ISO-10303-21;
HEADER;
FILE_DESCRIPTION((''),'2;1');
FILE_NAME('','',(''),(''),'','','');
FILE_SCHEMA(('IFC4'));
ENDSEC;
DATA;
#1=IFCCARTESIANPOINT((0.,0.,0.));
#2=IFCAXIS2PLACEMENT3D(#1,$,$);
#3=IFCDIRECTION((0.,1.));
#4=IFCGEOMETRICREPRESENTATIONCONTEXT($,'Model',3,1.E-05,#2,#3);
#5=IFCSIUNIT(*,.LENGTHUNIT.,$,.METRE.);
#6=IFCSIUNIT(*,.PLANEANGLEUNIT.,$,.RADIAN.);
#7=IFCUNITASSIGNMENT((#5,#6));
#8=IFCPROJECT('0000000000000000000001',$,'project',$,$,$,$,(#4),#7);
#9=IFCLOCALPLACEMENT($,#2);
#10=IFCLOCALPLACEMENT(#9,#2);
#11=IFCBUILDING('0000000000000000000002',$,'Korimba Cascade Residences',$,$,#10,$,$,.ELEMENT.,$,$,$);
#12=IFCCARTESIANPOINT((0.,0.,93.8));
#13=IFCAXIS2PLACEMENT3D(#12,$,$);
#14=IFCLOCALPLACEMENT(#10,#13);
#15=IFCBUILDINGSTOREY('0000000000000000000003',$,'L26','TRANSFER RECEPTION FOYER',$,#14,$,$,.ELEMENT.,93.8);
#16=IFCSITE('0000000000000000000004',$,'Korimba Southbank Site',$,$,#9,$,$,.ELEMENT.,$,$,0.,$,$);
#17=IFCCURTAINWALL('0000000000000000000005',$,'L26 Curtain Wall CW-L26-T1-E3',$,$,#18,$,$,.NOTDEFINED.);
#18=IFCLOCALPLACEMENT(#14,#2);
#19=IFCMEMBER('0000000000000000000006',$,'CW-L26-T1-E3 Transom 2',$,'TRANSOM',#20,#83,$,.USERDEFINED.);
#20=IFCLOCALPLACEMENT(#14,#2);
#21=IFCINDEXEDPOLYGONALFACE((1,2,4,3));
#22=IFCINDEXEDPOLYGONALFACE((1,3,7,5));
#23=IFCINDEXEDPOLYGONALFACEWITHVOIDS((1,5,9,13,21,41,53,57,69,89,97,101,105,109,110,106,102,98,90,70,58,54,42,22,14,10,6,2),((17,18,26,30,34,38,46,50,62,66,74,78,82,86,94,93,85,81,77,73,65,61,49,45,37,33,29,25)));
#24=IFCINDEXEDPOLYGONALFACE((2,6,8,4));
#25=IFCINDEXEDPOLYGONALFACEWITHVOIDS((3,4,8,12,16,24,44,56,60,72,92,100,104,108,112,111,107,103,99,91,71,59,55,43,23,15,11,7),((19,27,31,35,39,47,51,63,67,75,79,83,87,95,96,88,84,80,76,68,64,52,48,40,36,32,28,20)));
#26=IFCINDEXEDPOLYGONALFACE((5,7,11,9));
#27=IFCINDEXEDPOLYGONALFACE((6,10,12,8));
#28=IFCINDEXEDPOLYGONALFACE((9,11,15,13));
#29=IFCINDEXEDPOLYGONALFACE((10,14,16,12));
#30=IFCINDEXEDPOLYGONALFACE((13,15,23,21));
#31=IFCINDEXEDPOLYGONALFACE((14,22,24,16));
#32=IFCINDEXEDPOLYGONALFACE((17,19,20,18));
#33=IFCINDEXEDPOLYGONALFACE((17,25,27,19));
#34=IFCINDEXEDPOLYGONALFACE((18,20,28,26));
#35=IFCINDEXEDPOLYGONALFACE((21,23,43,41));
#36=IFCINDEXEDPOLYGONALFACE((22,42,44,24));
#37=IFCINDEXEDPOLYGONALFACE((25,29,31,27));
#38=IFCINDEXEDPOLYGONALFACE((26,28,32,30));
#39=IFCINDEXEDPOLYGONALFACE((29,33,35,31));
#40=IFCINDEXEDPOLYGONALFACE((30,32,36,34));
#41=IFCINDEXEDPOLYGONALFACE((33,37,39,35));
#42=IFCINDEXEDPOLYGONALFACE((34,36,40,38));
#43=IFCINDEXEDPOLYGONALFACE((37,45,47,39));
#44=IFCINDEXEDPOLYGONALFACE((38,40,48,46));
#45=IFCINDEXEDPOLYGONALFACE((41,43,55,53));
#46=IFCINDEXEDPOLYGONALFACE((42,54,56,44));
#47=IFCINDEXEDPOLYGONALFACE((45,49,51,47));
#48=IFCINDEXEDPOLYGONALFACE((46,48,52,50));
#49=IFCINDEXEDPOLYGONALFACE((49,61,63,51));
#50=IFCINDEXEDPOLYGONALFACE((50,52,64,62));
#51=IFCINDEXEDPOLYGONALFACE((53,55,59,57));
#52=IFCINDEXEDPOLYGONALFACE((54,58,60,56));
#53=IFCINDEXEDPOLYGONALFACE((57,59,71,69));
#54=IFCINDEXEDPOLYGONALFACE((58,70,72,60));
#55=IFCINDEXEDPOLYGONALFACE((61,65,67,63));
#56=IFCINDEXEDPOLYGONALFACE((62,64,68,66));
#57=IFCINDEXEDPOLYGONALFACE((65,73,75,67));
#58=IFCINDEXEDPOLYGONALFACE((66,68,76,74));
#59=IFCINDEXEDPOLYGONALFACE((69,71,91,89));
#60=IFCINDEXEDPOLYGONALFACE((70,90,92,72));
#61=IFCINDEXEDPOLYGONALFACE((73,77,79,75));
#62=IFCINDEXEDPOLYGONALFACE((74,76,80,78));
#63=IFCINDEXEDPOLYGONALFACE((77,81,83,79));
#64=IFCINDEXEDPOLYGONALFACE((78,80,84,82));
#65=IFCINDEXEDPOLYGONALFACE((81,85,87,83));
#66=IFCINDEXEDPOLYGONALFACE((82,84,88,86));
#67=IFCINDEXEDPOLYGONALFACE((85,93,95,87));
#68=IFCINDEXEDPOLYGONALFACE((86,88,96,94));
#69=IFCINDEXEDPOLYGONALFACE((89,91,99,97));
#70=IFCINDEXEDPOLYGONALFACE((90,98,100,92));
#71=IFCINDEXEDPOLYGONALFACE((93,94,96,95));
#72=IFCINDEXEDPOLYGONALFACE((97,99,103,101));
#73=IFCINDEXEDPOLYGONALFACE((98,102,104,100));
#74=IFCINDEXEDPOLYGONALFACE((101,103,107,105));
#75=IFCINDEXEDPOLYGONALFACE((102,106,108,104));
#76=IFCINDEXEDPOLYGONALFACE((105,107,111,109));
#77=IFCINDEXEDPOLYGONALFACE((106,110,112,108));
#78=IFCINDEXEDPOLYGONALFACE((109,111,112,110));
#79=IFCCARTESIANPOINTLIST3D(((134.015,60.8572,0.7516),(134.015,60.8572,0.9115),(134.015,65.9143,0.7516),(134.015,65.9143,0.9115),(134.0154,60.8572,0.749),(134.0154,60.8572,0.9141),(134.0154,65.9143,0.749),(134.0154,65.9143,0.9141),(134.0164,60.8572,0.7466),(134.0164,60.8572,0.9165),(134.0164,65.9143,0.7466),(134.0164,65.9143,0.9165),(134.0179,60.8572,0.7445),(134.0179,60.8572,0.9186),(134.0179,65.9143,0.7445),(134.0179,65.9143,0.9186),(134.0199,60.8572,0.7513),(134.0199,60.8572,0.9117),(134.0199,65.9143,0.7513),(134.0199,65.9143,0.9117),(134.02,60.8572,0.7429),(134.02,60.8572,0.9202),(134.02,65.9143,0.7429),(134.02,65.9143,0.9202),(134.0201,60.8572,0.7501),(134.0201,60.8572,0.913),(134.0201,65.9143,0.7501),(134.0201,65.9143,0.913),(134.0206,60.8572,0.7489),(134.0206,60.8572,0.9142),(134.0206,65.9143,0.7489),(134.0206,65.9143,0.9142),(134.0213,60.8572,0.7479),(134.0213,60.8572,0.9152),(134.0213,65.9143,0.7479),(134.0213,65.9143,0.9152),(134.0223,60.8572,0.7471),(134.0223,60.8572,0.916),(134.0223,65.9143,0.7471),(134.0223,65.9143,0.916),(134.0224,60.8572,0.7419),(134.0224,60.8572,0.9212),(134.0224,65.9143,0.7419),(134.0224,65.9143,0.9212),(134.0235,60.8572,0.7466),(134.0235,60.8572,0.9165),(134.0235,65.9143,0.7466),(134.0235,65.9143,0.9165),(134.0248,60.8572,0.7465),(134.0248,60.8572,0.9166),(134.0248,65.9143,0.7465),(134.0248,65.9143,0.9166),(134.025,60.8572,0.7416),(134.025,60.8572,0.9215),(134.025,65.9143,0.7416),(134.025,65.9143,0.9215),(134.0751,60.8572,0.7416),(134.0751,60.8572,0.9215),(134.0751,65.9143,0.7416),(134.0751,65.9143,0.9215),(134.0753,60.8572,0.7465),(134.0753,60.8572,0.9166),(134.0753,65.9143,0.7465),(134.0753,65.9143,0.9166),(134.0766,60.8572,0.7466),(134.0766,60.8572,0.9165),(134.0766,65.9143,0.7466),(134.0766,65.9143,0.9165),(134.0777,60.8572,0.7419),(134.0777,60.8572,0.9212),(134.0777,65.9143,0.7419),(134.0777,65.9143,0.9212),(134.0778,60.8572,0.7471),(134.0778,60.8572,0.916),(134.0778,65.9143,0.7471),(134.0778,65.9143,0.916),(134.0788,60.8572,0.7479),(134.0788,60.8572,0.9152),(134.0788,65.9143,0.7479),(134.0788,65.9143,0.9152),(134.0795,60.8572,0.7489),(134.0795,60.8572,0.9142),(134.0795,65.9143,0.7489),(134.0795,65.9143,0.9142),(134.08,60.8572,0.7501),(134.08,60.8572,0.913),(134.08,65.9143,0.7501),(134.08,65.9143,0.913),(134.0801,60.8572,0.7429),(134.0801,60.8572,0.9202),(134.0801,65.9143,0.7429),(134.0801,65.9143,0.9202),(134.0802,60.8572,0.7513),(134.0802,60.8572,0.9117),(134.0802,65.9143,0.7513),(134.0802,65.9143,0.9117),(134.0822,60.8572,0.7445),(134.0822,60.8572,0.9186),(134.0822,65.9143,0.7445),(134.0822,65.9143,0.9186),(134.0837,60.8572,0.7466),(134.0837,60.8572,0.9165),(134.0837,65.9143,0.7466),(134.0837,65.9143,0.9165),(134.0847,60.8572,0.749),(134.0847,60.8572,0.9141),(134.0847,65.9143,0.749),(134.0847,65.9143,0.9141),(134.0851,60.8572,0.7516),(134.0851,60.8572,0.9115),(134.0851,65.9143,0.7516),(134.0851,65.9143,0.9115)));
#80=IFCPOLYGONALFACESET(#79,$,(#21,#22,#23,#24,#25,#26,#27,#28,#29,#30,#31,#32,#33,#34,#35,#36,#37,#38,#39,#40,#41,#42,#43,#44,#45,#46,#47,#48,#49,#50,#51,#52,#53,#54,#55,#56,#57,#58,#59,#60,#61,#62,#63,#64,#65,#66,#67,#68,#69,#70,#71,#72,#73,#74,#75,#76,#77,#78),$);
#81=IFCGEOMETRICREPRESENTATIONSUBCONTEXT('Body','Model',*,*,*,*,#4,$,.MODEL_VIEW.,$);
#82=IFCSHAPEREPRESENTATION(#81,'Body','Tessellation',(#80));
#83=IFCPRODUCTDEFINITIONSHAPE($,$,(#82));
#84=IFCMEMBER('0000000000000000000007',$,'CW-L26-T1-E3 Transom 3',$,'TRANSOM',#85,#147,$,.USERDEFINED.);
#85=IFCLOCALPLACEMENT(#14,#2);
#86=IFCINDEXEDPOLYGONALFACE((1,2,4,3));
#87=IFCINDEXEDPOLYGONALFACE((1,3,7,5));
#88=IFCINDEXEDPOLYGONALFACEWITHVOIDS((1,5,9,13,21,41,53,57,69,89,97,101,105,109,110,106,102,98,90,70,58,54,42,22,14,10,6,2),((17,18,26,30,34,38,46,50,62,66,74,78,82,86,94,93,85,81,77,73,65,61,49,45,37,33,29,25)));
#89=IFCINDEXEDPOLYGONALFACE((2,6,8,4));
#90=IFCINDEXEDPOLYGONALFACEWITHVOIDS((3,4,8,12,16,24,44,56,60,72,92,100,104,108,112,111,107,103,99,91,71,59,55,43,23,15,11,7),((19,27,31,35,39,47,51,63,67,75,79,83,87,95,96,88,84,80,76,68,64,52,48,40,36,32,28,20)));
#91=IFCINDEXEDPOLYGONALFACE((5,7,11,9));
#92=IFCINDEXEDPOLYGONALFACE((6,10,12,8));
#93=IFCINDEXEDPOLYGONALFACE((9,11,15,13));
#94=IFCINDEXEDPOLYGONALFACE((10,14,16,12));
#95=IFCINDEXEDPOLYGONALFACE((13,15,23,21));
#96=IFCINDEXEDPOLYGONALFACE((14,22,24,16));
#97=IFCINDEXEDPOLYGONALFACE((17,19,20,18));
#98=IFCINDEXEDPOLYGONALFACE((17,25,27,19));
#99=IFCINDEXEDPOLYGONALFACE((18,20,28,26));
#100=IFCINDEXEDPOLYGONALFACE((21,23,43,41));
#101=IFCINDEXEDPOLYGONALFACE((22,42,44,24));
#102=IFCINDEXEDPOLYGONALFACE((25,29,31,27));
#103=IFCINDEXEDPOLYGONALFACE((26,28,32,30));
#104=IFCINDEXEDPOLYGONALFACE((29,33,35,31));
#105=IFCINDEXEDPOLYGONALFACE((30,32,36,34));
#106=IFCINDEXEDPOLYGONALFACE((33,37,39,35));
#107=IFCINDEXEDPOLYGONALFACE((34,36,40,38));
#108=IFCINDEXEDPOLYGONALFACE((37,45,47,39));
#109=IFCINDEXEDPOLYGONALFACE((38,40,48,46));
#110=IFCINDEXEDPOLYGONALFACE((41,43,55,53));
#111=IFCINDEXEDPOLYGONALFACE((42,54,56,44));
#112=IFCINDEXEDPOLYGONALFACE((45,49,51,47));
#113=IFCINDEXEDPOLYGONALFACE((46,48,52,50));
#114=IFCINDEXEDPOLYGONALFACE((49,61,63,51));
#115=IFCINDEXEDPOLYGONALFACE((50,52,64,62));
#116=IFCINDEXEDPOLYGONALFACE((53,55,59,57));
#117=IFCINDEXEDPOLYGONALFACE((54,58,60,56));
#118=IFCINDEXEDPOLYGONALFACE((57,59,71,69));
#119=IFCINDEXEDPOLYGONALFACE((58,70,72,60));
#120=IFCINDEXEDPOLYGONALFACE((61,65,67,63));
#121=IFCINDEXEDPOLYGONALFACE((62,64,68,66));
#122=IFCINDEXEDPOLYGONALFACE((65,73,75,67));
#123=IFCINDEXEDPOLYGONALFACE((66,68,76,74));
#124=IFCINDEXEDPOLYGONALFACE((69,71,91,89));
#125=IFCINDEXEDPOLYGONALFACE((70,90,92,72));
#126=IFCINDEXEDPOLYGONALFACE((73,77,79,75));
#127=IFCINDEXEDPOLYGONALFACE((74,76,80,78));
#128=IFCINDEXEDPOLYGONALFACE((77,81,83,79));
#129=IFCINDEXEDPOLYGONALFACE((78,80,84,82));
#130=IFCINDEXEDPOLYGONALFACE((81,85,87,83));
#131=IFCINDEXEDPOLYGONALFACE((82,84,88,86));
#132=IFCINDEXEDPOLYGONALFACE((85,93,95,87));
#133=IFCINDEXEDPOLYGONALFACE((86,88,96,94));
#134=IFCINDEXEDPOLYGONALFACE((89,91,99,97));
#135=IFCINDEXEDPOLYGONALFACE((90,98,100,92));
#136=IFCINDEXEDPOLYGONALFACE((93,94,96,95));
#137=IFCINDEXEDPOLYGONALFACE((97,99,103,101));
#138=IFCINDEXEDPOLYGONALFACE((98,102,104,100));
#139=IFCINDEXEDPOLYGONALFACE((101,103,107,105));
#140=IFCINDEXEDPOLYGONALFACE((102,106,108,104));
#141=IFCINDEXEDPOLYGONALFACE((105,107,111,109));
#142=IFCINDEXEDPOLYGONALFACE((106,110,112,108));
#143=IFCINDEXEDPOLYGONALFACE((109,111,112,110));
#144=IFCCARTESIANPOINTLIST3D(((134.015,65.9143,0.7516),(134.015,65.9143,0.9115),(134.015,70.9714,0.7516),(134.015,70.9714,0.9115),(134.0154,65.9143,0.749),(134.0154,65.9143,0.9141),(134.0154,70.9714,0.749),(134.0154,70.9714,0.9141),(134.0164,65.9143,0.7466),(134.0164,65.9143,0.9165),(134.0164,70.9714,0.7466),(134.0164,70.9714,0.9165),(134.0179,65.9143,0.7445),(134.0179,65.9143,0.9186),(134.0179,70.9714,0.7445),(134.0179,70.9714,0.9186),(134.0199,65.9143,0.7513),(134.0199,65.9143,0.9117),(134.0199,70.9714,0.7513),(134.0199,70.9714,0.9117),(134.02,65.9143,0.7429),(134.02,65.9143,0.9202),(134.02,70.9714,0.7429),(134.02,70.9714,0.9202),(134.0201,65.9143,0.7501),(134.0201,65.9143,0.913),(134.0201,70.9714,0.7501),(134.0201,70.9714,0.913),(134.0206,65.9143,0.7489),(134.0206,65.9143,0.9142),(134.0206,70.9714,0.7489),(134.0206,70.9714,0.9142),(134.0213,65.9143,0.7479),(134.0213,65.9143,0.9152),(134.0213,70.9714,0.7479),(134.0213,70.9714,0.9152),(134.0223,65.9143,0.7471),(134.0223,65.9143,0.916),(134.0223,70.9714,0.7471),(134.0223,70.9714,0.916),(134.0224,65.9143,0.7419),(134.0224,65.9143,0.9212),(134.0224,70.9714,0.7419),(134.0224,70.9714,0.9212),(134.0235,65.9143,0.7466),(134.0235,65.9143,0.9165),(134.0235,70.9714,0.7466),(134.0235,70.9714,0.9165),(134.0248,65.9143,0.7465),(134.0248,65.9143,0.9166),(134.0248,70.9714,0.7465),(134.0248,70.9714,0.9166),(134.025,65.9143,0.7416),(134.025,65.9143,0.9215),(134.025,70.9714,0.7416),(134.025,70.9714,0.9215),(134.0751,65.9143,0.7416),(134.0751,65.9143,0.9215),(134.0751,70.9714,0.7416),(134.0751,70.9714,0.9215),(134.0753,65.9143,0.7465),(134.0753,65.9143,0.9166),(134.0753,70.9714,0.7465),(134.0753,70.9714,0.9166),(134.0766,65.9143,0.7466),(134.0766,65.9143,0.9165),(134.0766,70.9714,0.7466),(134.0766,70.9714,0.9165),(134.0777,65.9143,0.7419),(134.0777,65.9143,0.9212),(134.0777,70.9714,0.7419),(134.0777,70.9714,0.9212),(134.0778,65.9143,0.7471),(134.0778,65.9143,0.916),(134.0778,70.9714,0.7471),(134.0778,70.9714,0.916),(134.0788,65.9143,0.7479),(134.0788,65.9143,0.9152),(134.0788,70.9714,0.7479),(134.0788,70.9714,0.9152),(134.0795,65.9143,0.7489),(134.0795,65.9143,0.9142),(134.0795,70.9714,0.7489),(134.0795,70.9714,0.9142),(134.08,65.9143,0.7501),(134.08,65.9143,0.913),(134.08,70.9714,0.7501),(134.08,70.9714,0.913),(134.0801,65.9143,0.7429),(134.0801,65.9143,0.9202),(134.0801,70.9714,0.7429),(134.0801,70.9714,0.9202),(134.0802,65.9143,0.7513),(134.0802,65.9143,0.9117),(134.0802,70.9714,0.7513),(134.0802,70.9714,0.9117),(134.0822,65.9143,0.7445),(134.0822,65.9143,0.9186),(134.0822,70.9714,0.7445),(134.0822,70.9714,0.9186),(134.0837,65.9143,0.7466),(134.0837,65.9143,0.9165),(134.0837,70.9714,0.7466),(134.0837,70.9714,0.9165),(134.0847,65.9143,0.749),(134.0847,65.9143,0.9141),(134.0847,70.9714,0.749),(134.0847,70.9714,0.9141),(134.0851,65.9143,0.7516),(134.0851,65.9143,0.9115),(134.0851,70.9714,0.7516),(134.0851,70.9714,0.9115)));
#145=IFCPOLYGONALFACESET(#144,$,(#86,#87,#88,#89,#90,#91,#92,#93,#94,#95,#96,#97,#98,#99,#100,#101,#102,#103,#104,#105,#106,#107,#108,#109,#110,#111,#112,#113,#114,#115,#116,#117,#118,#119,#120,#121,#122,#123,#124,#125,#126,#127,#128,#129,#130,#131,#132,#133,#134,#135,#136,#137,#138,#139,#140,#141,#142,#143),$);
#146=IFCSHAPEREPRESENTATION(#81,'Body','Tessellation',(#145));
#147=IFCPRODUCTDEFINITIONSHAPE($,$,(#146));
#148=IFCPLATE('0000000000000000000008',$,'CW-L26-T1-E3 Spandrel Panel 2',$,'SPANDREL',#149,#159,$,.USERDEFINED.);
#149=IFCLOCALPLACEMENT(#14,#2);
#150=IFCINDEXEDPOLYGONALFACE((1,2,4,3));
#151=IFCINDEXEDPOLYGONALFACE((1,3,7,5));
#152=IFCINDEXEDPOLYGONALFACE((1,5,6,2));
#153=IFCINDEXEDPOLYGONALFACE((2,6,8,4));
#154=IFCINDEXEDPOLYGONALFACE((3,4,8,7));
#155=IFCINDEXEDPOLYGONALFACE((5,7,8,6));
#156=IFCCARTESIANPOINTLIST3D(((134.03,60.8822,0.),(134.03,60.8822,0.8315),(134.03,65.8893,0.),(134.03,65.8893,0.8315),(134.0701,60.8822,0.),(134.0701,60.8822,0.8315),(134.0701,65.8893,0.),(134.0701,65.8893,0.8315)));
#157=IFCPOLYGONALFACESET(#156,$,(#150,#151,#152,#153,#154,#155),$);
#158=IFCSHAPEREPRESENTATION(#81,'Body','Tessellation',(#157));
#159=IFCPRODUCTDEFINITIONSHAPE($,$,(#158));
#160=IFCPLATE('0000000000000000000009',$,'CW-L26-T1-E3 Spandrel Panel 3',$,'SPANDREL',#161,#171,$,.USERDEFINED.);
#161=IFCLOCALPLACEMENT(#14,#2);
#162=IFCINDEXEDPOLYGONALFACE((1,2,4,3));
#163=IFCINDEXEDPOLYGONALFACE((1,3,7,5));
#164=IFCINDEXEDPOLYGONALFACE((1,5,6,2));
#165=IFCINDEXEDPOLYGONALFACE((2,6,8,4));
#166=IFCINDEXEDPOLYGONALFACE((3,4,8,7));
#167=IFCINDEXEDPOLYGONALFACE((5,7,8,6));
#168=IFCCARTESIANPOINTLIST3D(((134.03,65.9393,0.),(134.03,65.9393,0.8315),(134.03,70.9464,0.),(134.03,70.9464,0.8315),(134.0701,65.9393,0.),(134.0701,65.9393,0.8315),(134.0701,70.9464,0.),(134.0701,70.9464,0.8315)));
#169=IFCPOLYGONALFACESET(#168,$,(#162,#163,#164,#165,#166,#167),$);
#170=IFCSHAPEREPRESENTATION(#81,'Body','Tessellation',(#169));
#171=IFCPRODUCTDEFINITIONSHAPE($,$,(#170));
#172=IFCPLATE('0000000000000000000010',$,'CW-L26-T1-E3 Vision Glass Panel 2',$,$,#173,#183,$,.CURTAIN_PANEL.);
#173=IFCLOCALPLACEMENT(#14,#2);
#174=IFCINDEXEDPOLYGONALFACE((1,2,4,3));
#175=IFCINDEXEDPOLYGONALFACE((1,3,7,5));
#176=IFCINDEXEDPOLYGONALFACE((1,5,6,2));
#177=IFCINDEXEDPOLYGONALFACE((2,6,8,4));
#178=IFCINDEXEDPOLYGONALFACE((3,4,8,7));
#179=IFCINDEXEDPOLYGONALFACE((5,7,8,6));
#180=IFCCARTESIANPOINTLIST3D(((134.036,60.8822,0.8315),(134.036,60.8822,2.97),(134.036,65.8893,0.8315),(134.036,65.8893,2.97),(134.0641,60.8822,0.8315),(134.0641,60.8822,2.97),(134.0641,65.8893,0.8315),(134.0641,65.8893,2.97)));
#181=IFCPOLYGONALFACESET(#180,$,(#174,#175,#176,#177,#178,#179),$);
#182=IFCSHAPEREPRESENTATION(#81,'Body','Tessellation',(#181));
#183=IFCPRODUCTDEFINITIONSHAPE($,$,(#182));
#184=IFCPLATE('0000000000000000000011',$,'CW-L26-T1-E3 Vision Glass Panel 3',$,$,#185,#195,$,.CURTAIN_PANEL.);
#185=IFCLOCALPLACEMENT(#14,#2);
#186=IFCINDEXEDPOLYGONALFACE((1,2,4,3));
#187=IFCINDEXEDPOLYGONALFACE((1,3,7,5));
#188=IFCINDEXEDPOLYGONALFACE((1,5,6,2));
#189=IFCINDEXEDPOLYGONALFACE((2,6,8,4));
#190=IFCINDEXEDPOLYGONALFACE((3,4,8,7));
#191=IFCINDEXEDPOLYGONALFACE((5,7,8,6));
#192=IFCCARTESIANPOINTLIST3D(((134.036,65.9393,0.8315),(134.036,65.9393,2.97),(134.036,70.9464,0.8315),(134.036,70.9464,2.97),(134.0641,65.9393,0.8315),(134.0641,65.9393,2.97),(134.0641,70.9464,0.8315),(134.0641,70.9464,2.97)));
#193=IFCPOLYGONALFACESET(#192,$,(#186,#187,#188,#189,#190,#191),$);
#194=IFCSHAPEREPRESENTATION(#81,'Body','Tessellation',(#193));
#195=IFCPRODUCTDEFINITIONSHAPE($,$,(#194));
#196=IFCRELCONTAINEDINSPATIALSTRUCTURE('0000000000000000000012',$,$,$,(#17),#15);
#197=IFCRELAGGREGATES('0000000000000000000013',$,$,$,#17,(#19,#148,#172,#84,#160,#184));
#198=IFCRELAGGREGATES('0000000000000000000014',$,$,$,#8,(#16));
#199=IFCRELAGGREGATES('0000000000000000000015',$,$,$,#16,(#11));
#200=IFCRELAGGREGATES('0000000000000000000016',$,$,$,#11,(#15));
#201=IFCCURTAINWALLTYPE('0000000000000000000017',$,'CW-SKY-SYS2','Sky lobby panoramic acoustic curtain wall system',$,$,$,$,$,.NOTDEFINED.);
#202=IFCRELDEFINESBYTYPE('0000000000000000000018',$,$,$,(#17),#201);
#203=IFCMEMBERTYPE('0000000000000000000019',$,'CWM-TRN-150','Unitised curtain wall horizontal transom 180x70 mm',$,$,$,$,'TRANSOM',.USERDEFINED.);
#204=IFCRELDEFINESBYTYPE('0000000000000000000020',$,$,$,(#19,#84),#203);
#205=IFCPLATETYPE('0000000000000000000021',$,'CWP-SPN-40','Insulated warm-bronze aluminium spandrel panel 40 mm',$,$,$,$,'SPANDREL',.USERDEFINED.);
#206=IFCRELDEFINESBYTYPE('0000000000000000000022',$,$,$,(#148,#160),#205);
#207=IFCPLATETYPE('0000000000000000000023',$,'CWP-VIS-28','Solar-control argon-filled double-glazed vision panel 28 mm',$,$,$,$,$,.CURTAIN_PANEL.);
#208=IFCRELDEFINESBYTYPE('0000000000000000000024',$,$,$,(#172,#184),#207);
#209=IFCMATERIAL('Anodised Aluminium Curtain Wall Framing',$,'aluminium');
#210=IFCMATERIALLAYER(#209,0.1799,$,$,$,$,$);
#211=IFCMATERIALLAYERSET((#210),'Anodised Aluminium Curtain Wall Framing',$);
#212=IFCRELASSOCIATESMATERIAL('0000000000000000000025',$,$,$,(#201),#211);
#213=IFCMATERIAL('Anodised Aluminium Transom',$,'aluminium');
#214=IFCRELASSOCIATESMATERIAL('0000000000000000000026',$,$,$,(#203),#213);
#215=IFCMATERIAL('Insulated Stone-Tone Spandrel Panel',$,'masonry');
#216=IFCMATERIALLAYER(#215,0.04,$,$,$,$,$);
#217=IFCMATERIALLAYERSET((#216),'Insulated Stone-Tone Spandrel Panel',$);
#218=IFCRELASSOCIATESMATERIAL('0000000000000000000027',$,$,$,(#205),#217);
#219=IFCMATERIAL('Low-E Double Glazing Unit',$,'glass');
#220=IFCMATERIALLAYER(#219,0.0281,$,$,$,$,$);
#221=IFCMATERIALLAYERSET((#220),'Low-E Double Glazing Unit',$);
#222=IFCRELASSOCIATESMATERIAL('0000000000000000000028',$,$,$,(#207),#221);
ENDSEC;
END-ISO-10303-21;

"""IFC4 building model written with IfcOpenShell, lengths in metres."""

from ifc_helpers import new_model, si_unit, direction, frame, origin, origin_2d, place, context, subcontext, project, spatial, rectangle, hollow_rectangle, extrude, material, layer, layer_set, material_profile, profile_set, type_object, element, aggregate, save


model = new_model("IFC4")

# Units and contexts
model_context = context("Model", 3, precision=1e-05, world=origin(), true_north=direction((0.0, 1.0)))
body_context = subcontext(model_context, "Body", "Model", "MODEL_VIEW")
ifc_project = project(units=[si_unit("LENGTHUNIT", "METRE"), si_unit("PLANEANGLEUNIT", "RADIAN")], contexts=[model_context])

# Site, building, storey
site_placement = place(None, origin())
site = spatial("IfcSite", under=ifc_project, at=site_placement, Name="Korimba Southbank Site", CompositionType="ELEMENT", RefElevation=0.0)
building_placement = place(site_placement, origin())
building = spatial("IfcBuilding", under=site, at=building_placement, Name="Korimba Cascade Residences", CompositionType="ELEMENT")
storey_placement = place(building_placement, frame((0.0, 0.0, 93.8)))
storey = spatial("IfcBuildingStorey", under=building, at=storey_placement, Name="L26", Description="TRANSFER RECEPTION FOYER", CompositionType="ELEMENT", Elevation=93.8)

# Curtain wall, members, plates
ifc_material_1 = material(Name="Anodised Aluminium Curtain Wall Framing", Category="aluminium")
ifc_layer_1 = layer(ifc_material_1, 0.1799)
ifc_layer_set_1 = layer_set([ifc_layer_1], Name="Anodised Aluminium Curtain Wall Framing")
curtain_wall_type = type_object("IfcCurtainWallType", Name="CW-SKY-SYS2", Description="Sky lobby panoramic acoustic curtain wall system", PredefinedType="NOTDEFINED", material=ifc_layer_set_1)
curtain_wall_placement = place(storey_placement, origin())
curtain_wall = element("IfcCurtainWall", 1, at=curtain_wall_placement, inside=storey, type_object=curtain_wall_type, Name="L26 Curtain Wall CW-L26-T1-E3", PredefinedType="NOTDEFINED")
ifc_material_2 = material(Name="Anodised Aluminium Transom", Category="aluminium")
ifc_material_profile_1 = material_profile(ifc_material_2, hollow_rectangle(XDim=0.0701, YDim=0.1799, WallThickness=0.0049, InnerFilletRadius=0.0049, OuterFilletRadius=0.01, at=origin_2d()), Name="Anodised Aluminium Transom")
ifc_profile_set_1 = profile_set([ifc_material_profile_1], Name="Anodised Aluminium Transom")
member_type_1 = type_object("IfcMemberType", Name="CWM-TRN-150", Description="Unitised curtain wall horizontal transom 180x70 mm", ElementType="TRANSOM", PredefinedType="USERDEFINED", material=ifc_profile_set_1)
member_1_placement = place(storey_placement, frame((134.05, 60.8572, 0.8315), z_axis=(0.0, 1.0, 0.0), x_axis=(-1.0, 0.0, 0.0)))
member_1 = element("IfcMember", 2, at=member_1_placement, type_object=member_type_1, Name="CW-L26-T1-E3 Transom 2", ObjectType="TRANSOM", PredefinedType="USERDEFINED", context=body_context, shape_type="SweptSolid", body=[
    extrude(hollow_rectangle(XDim=0.0701, YDim=0.1799, WallThickness=0.0049, InnerFilletRadius=0.0049, OuterFilletRadius=0.01, at=origin_2d()), origin(), (0.0, 0.0, 1.0), 5.0571),
])
member_2_placement = place(storey_placement, frame((134.05, 65.9143, 0.8315), z_axis=(0.0, 1.0, 0.0), x_axis=(-1.0, 0.0, 0.0)))
member_2 = element("IfcMember", 3, at=member_2_placement, type_object=member_type_1, Name="CW-L26-T1-E3 Transom 3", ObjectType="TRANSOM", PredefinedType="USERDEFINED", context=body_context, shape_type="SweptSolid", body=[
    extrude(hollow_rectangle(XDim=0.0701, YDim=0.1799, WallThickness=0.0049, InnerFilletRadius=0.0049, OuterFilletRadius=0.01, at=origin_2d()), origin(), (0.0, 0.0, 1.0), 5.0571),
])
ifc_material_3 = material(Name="Insulated Stone-Tone Spandrel Panel", Category="masonry")
ifc_layer_2 = layer(ifc_material_3, 0.04)
ifc_layer_set_2 = layer_set([ifc_layer_2], Name="Insulated Stone-Tone Spandrel Panel")
plate_type_1 = type_object("IfcPlateType", Name="CWP-SPN-40", Description="Insulated warm-bronze aluminium spandrel panel 40 mm", ElementType="SPANDREL", PredefinedType="USERDEFINED", material=ifc_layer_set_2)
plate_1_placement = place(storey_placement, frame((134.05, 63.3857, 0.0), z_axis=(0.0, 0.0, 1.0), x_axis=(0.0, 1.0, 0.0)))
plate_1 = element("IfcPlate", 4, at=plate_1_placement, type_object=plate_type_1, Name="CW-L26-T1-E3 Spandrel Panel 2", ObjectType="SPANDREL", PredefinedType="USERDEFINED", context=body_context, shape_type="SweptSolid", body=[
    extrude(rectangle(XDim=5.0071, YDim=0.04, at=origin_2d()), origin(), (0.0, 0.0, 1.0), 0.8315),
])
plate_2_placement = place(storey_placement, frame((134.05, 68.4429, 0.0), z_axis=(0.0, 0.0, 1.0), x_axis=(0.0, 1.0, 0.0)))
plate_2 = element("IfcPlate", 5, at=plate_2_placement, type_object=plate_type_1, Name="CW-L26-T1-E3 Spandrel Panel 3", ObjectType="SPANDREL", PredefinedType="USERDEFINED", context=body_context, shape_type="SweptSolid", body=[
    extrude(rectangle(XDim=5.0071, YDim=0.04, at=origin_2d()), origin(), (0.0, 0.0, 1.0), 0.8315),
])
ifc_material_4 = material(Name="Low-E Double Glazing Unit", Category="glass")
ifc_layer_3 = layer(ifc_material_4, 0.0281)
ifc_layer_set_3 = layer_set([ifc_layer_3], Name="Low-E Double Glazing Unit")
plate_type_2 = type_object("IfcPlateType", Name="CWP-VIS-28", Description="Solar-control argon-filled double-glazed vision panel 28 mm", PredefinedType="CURTAIN_PANEL", material=ifc_layer_set_3)
plate_3_placement = place(storey_placement, frame((134.05, 63.3857, 0.8315), z_axis=(0.0, 0.0, 1.0), x_axis=(0.0, 1.0, 0.0)))
plate_3 = element("IfcPlate", 6, at=plate_3_placement, type_object=plate_type_2, Name="CW-L26-T1-E3 Vision Glass Panel 2", PredefinedType="CURTAIN_PANEL", context=body_context, shape_type="SweptSolid", body=[
    extrude(rectangle(XDim=5.0071, YDim=0.0281, at=origin_2d()), origin(), (0.0, 0.0, 1.0), 2.1384),
])
plate_4_placement = place(storey_placement, frame((134.05, 68.4429, 0.8315), z_axis=(0.0, 0.0, 1.0), x_axis=(0.0, 1.0, 0.0)))
plate_4 = element("IfcPlate", 7, at=plate_4_placement, type_object=plate_type_2, Name="CW-L26-T1-E3 Vision Glass Panel 3", PredefinedType="CURTAIN_PANEL", context=body_context, shape_type="SweptSolid", body=[
    extrude(rectangle(XDim=5.0071, YDim=0.0281, at=origin_2d()), origin(), (0.0, 0.0, 1.0), 2.1384),
])
aggregate(curtain_wall, [member_1, plate_1, plate_3, member_2, plate_2, plate_4])

save(model, "model.ifc")
